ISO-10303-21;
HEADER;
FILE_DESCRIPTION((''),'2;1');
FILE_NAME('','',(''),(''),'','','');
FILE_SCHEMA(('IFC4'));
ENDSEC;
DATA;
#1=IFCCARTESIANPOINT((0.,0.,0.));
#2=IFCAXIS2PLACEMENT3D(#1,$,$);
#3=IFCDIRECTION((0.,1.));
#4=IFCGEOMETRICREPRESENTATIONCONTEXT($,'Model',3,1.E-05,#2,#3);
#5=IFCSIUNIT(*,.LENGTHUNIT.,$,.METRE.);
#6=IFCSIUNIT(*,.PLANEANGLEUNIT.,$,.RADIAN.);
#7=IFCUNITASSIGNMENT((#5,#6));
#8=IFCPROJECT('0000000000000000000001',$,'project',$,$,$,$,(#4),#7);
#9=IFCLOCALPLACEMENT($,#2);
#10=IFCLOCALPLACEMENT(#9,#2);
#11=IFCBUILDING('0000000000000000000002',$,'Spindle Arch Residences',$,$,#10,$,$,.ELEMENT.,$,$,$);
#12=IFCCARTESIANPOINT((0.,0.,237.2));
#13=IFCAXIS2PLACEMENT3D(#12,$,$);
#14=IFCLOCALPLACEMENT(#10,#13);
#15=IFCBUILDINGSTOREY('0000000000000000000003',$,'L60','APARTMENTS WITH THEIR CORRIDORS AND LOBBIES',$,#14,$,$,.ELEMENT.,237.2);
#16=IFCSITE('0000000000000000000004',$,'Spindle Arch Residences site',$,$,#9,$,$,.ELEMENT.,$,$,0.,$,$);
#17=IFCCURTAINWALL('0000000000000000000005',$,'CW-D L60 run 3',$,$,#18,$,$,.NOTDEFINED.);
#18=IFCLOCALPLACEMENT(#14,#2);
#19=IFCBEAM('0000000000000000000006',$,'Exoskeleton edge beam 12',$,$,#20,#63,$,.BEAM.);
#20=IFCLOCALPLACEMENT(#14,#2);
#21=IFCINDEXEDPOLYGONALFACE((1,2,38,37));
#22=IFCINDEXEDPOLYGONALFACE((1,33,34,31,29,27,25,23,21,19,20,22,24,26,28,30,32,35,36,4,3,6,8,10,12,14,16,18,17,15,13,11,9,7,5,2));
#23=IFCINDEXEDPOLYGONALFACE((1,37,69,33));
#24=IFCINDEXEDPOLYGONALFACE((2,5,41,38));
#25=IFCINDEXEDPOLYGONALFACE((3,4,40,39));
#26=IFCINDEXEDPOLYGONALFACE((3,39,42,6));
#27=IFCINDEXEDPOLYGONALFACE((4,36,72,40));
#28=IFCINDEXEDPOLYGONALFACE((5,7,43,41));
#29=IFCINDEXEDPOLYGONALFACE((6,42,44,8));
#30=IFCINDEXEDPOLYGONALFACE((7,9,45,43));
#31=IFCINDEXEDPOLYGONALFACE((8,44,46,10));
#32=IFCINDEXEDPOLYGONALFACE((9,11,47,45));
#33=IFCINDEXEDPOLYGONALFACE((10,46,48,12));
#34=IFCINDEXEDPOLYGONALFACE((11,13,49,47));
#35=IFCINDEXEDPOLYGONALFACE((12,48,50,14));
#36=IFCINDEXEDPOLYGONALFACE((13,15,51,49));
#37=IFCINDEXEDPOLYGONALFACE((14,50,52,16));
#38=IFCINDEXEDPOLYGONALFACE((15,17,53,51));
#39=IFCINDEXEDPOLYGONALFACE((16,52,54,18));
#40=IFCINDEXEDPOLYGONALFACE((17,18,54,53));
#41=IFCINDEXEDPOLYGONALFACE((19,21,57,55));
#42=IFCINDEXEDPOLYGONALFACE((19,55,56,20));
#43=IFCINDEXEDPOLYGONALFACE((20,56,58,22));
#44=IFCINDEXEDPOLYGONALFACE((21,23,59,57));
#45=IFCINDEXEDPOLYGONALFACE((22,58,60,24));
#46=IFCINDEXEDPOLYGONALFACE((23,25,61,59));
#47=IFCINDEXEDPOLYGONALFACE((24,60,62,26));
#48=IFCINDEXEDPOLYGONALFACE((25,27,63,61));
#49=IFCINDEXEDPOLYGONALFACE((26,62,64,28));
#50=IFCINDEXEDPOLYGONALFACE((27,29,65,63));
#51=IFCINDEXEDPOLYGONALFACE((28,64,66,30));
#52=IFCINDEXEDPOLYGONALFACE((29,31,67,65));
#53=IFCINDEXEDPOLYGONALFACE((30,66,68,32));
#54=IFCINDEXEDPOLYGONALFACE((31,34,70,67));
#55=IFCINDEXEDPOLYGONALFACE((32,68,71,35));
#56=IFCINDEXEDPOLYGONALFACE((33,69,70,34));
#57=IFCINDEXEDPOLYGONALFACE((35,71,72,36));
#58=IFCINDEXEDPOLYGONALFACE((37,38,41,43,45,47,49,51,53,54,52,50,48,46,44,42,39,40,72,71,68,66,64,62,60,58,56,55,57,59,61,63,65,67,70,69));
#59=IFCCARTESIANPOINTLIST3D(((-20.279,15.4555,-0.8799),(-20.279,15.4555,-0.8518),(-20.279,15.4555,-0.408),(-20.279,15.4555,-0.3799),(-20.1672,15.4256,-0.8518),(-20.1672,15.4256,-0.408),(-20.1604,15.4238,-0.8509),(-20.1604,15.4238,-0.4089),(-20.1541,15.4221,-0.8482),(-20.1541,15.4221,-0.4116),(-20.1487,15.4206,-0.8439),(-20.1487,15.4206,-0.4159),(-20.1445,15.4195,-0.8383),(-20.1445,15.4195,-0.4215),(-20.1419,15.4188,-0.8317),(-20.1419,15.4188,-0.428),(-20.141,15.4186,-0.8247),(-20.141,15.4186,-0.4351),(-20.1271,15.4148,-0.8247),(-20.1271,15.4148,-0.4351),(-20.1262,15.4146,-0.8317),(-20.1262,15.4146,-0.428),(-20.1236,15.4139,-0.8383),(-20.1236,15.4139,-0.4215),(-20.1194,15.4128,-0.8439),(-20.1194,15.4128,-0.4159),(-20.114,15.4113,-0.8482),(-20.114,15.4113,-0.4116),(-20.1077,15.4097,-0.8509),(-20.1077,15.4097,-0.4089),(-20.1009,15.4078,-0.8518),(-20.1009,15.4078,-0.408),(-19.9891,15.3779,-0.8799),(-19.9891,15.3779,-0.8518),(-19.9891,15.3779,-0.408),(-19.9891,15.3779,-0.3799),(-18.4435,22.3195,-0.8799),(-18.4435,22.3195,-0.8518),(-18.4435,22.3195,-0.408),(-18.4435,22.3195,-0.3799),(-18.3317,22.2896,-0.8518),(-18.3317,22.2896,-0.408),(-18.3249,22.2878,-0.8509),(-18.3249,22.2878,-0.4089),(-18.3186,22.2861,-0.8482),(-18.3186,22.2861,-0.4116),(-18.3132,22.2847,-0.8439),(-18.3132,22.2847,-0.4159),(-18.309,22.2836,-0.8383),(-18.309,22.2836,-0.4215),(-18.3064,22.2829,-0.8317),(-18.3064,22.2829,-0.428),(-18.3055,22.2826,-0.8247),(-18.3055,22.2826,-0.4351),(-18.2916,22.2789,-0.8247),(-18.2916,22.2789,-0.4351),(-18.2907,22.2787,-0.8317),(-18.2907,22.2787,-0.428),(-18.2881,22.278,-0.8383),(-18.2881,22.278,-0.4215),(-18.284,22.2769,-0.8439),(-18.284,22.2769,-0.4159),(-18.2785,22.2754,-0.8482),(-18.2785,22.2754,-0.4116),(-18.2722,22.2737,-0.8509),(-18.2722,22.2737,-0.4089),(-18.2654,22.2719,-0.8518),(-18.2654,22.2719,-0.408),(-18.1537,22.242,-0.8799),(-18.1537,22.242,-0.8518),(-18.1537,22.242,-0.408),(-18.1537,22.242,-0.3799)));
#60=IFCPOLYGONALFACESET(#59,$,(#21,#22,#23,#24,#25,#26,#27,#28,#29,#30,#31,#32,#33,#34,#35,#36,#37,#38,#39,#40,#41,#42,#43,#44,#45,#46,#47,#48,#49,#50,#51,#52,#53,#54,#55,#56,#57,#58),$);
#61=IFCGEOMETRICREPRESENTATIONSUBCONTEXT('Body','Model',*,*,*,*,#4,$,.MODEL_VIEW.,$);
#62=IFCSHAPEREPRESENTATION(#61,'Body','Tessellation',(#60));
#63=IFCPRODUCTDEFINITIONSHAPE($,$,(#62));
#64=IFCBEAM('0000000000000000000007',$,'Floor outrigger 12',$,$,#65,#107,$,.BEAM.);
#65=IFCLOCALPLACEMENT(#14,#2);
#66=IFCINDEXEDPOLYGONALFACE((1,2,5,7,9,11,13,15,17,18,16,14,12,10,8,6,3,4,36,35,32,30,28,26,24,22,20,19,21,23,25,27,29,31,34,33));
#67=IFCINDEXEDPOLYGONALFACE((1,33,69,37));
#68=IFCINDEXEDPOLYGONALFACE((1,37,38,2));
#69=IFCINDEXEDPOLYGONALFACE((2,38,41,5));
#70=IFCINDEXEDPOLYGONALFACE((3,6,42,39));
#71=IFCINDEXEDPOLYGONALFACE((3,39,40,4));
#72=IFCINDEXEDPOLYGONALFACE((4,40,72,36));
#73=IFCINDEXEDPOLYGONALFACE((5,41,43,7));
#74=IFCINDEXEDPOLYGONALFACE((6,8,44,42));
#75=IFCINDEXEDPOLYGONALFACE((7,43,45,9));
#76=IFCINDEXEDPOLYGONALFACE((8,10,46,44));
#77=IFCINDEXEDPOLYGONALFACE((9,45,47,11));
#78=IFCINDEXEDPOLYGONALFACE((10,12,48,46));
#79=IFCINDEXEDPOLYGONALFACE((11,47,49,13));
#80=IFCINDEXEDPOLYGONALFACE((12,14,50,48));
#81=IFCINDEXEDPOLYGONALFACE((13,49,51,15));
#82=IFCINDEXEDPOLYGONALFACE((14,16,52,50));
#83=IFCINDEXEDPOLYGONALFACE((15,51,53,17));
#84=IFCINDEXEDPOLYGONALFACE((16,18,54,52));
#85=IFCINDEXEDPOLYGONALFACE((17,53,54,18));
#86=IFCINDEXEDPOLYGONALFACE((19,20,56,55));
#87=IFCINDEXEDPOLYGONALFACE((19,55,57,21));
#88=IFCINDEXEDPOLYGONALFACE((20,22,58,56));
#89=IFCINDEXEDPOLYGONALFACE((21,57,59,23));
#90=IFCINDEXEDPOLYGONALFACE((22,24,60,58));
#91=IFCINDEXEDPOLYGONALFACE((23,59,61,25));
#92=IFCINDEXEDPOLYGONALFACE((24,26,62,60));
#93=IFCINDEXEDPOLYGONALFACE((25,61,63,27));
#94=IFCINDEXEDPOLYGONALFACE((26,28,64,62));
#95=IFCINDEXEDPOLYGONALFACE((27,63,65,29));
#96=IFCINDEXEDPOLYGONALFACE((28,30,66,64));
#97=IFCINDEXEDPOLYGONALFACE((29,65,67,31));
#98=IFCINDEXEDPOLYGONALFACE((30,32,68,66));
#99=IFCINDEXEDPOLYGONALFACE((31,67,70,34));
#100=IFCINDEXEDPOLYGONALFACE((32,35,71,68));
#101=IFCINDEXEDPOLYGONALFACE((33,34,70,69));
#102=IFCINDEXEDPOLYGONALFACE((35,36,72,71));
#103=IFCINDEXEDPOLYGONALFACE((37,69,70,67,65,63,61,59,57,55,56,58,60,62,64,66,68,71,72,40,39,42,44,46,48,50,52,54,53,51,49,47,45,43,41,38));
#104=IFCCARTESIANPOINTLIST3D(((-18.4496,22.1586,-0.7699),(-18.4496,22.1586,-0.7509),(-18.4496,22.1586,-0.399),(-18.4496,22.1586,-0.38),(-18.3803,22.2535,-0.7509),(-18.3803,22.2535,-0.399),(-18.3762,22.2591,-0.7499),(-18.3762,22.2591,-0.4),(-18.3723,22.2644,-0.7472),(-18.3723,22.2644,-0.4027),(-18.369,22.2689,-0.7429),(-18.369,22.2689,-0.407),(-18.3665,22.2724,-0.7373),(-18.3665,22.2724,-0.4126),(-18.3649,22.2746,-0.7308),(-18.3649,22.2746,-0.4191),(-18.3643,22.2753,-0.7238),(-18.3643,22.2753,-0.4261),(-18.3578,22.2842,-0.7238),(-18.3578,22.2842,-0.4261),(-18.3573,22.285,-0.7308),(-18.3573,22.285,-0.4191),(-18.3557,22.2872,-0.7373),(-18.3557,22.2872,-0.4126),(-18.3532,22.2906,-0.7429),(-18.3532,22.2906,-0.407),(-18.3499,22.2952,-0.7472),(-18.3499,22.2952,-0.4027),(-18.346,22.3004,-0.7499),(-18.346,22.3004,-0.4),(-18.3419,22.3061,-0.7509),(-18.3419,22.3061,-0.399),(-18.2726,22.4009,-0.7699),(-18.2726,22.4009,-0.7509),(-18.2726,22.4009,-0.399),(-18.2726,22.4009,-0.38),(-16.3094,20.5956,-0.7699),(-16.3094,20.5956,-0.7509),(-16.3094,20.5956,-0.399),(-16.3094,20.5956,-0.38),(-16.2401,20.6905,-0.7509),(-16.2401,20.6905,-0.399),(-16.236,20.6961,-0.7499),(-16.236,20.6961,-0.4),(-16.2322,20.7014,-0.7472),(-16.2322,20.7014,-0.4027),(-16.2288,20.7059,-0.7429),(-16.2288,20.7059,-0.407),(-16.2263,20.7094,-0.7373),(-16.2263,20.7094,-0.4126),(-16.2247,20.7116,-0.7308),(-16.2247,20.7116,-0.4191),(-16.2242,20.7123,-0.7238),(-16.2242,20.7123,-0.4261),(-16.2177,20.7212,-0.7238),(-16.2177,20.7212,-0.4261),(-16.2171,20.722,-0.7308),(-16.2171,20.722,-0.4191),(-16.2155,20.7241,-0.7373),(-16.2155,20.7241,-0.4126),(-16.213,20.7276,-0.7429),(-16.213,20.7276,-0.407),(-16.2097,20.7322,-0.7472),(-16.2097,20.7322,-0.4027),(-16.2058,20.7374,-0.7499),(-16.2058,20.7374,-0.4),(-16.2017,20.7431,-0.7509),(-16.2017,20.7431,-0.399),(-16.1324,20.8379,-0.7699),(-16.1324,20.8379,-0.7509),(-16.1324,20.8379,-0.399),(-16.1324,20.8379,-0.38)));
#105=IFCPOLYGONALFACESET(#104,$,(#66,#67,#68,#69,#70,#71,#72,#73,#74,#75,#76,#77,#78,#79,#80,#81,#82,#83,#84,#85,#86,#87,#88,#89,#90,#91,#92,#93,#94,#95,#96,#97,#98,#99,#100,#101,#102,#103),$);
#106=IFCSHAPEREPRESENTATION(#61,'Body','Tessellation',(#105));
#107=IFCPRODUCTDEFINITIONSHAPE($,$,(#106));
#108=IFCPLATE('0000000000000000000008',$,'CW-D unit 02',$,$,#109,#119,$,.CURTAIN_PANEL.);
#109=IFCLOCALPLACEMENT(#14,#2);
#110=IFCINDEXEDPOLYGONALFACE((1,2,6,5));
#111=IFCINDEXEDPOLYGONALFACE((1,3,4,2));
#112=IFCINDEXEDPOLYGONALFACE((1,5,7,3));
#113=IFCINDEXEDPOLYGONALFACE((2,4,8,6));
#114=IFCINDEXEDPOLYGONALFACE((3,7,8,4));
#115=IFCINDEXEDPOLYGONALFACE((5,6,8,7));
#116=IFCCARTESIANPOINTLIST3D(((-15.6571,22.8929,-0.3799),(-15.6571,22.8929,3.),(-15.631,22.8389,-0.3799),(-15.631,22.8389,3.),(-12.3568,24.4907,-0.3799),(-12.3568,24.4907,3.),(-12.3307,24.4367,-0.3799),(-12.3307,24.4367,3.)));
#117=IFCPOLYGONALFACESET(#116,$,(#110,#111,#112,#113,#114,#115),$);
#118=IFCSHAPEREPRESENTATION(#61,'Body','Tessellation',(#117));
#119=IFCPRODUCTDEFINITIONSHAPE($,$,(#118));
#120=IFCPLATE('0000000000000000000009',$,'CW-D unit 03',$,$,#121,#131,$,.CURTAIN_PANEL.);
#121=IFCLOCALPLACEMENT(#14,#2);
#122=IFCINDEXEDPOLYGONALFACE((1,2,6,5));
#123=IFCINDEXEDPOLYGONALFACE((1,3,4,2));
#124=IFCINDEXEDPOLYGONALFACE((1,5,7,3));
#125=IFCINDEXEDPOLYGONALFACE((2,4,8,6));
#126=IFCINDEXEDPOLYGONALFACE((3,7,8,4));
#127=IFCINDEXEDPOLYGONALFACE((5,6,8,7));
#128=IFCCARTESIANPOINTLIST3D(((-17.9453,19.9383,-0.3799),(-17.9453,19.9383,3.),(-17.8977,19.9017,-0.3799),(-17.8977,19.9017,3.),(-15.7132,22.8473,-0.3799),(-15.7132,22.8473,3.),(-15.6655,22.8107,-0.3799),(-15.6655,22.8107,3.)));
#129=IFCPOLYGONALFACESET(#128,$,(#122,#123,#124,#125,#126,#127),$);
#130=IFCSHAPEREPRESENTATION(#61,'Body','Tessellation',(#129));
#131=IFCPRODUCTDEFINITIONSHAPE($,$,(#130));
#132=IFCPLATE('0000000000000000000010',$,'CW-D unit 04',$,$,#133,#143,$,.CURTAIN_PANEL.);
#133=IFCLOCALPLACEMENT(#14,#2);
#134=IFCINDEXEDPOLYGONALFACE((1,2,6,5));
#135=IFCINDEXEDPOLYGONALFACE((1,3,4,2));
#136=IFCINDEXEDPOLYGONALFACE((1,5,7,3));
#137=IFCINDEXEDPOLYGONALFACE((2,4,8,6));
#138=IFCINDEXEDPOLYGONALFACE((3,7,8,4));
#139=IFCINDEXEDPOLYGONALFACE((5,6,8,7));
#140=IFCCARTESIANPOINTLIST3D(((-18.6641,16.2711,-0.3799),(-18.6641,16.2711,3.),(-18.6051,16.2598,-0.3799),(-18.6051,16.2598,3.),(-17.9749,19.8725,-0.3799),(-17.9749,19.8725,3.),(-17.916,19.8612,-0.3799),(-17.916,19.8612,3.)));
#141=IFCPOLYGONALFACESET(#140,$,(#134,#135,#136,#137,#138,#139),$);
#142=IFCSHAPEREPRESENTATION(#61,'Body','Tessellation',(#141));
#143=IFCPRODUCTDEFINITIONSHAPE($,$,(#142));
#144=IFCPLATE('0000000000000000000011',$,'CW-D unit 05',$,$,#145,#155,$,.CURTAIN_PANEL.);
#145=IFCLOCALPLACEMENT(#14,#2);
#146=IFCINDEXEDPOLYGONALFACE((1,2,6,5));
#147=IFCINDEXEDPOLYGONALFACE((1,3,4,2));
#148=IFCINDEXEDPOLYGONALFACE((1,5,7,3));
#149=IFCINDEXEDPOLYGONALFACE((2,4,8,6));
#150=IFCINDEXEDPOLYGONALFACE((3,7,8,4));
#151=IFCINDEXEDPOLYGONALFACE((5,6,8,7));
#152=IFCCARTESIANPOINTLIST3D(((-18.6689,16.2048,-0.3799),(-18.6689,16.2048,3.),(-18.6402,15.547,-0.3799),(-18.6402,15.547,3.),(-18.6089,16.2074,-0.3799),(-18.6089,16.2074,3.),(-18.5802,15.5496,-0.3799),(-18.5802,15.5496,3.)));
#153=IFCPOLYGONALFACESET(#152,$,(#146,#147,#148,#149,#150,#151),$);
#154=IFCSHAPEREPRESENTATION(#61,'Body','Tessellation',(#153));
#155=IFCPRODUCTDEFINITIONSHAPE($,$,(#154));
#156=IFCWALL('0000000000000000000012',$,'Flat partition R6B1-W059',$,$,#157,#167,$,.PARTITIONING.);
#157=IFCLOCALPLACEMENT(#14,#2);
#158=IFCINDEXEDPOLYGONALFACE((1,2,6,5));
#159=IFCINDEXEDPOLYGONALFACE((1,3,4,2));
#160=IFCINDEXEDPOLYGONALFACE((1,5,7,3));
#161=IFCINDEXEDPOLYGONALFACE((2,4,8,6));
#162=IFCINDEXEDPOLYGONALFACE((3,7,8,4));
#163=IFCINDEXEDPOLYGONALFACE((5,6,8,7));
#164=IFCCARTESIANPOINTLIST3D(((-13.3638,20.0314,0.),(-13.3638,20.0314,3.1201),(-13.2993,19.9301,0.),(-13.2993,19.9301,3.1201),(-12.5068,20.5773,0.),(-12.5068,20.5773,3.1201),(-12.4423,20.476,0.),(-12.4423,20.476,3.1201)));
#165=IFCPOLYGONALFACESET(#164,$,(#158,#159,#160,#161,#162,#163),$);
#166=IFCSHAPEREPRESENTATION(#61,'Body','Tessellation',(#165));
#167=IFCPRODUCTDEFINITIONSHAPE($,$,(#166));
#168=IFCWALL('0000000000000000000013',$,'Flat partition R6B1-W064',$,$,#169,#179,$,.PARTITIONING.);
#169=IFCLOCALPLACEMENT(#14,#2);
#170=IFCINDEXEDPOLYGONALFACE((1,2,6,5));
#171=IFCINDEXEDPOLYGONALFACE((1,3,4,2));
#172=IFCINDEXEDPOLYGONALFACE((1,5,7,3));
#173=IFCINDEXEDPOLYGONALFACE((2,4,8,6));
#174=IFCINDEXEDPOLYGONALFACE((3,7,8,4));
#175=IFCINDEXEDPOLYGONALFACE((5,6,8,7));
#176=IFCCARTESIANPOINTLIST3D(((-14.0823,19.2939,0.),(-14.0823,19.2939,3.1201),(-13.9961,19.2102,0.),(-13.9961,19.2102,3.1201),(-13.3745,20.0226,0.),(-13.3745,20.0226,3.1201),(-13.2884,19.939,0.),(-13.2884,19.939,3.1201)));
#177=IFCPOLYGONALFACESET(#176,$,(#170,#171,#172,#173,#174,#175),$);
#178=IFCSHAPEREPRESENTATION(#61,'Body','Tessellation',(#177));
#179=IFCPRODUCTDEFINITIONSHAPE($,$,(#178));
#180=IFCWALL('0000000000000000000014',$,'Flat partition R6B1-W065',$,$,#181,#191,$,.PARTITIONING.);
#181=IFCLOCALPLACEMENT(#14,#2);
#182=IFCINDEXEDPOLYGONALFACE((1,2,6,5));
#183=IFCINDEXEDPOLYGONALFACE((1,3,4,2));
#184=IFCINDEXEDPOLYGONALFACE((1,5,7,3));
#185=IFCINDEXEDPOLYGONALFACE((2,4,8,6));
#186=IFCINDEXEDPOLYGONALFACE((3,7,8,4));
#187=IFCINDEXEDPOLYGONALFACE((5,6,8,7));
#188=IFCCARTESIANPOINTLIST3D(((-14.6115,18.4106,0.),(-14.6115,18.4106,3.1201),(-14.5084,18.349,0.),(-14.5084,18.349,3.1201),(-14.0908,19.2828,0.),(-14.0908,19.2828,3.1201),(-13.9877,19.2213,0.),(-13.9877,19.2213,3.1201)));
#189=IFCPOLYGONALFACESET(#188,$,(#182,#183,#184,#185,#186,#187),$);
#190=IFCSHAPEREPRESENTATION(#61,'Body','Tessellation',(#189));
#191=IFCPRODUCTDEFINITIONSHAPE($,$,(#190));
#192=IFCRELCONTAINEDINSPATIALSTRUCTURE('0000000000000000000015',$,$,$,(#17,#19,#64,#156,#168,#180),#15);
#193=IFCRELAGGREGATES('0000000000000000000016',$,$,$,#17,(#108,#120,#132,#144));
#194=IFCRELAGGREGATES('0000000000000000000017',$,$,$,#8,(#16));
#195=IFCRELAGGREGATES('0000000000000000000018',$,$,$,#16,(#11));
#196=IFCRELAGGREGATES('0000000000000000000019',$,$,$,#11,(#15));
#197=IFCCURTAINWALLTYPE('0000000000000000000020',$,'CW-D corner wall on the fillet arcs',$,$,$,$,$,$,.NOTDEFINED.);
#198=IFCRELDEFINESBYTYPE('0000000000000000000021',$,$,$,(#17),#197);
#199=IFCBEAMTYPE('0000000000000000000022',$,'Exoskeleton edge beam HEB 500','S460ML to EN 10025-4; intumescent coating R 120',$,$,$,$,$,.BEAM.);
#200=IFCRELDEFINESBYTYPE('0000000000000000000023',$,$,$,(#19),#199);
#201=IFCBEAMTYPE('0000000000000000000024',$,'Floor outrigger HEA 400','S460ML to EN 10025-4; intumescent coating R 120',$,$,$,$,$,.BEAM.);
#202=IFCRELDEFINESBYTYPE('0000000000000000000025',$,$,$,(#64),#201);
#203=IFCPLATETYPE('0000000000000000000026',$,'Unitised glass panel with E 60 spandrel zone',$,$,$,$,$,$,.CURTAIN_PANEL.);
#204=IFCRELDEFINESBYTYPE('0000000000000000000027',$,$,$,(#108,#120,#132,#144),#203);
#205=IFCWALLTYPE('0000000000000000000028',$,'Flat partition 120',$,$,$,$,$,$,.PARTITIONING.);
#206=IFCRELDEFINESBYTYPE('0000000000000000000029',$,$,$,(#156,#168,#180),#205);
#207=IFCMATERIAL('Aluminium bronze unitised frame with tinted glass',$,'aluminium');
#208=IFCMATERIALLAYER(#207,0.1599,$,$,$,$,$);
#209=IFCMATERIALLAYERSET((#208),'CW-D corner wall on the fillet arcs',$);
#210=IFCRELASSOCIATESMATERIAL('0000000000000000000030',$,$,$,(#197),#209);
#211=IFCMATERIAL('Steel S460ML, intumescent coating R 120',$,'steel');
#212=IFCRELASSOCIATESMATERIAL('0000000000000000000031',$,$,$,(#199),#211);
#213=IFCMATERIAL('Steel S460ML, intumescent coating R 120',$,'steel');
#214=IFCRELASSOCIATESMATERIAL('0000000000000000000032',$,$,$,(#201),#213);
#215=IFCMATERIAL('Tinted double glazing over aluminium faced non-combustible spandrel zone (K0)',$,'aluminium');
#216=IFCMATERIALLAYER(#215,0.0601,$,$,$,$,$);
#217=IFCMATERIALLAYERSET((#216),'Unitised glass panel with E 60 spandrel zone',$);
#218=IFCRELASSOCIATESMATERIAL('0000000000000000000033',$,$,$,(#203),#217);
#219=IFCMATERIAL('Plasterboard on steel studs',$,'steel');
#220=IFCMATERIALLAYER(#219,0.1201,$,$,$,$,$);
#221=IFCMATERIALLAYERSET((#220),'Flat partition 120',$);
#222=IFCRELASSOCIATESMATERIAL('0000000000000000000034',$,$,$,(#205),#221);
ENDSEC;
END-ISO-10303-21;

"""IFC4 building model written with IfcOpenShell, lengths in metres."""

from ifc_helpers import new_model, si_unit, direction, frame, frame_2d, origin, origin_2d, place, context, subcontext, project, spatial, rectangle, i_section, extrude, material, layer, layer_set, material_profile, profile_set, type_object, element, aggregate, save


model = new_model("IFC4")

# Units and contexts
model_context = context("Model", 3, precision=1e-05, world=origin(), true_north=direction((0.0, 1.0)))
body_context = subcontext(model_context, "Body", "Model", "MODEL_VIEW")
ifc_project = project(units=[si_unit("LENGTHUNIT", "METRE"), si_unit("PLANEANGLEUNIT", "RADIAN")], contexts=[model_context])

# Site, building, storey
site_placement = place(None, origin())
site = spatial("IfcSite", under=ifc_project, at=site_placement, Name="Spindle Arch Residences site", CompositionType="ELEMENT", RefElevation=0.0)
building_placement = place(site_placement, origin())
building = spatial("IfcBuilding", under=site, at=building_placement, Name="Spindle Arch Residences", CompositionType="ELEMENT")
storey_placement = place(building_placement, frame((0.0, 0.0, 237.2)))
storey = spatial("IfcBuildingStorey", under=building, at=storey_placement, Name="L60", Description="APARTMENTS WITH THEIR CORRIDORS AND LOBBIES", CompositionType="ELEMENT", Elevation=237.2)

# Curtain wall
ifc_material_1 = material(Name="Aluminium bronze unitised frame with tinted glass", Category="aluminium")
ifc_layer_1 = layer(ifc_material_1, 0.1599)
ifc_layer_set_1 = layer_set([ifc_layer_1], Name="CW-D corner wall on the fillet arcs")
curtain_wall_type = type_object("IfcCurtainWallType", Name="CW-D corner wall on the fillet arcs", PredefinedType="NOTDEFINED", material=ifc_layer_set_1)
curtain_wall_placement = place(storey_placement, origin())
curtain_wall = element("IfcCurtainWall", 1, at=curtain_wall_placement, inside=storey, type_object=curtain_wall_type, Name="CW-D L60 run 3", PredefinedType="NOTDEFINED")

# Beams
ifc_material_2 = material(Name="Steel S460ML, intumescent coating R 120", Category="steel")
ifc_material_profile_1 = material_profile(ifc_material_2, i_section(OverallWidth=0.3, OverallDepth=0.5, WebThickness=0.0144, FlangeThickness=0.0281, FilletRadius=0.0271, at=origin_2d()), Name="HEB 500")
ifc_profile_set_1 = profile_set([ifc_material_profile_1], Name="Steel S460ML, intumescent coating R 120")
beam_type_1 = type_object("IfcBeamType", Name="Exoskeleton edge beam HEB 500", Description="S460ML to EN 10025-4; intumescent coating R 120", PredefinedType="BEAM", material=ifc_profile_set_1)
beam_1_placement = place(storey_placement, frame((-18.2986, 22.2808, -0.6299), z_axis=(-0.258326, -0.966058, 0.0), x_axis=(0.966058, -0.258326, 0.0)))
element("IfcBeam", 2, at=beam_1_placement, inside=storey, type_object=beam_type_1, Name="Exoskeleton edge beam 12", PredefinedType="BEAM", context=body_context, shape_type="SweptSolid", body=[
    extrude(i_section(OverallWidth=0.3, OverallDepth=0.5, WebThickness=0.0144, FlangeThickness=0.0281, FilletRadius=0.0271, at=origin_2d()), origin(), (0.0, 0.0, 1.0), 7.1052),
])
ifc_material_3 = material(Name="Steel S460ML, intumescent coating R 120", Category="steel")
ifc_material_profile_2 = material_profile(ifc_material_3, i_section(OverallWidth=0.3, OverallDepth=0.3899, WebThickness=0.011, FlangeThickness=0.019, FilletRadius=0.0271, at=origin_2d()), Name="HEA 400")
ifc_profile_set_2 = profile_set([ifc_material_profile_2], Name="Steel S460ML, intumescent coating R 120")
beam_type_2 = type_object("IfcBeamType", Name="Floor outrigger HEA 400", Description="S460ML to EN 10025-4; intumescent coating R 120", PredefinedType="BEAM", material=ifc_profile_set_2)
beam_2_placement = place(storey_placement, frame((-18.3611, 22.2798, -0.575), z_axis=(0.807563, -0.589781, 0.0), x_axis=(0.589781, 0.807563, 0.0)))
element("IfcBeam", 3, at=beam_2_placement, inside=storey, type_object=beam_type_2, Name="Floor outrigger 12", PredefinedType="BEAM", context=body_context, shape_type="SweptSolid", body=[
    extrude(i_section(OverallWidth=0.3, OverallDepth=0.3899, WebThickness=0.011, FlangeThickness=0.019, FilletRadius=0.0271, at=origin_2d()), origin(), (0.0, 0.0, 1.0), 2.6501),
])

# Plates
ifc_material_4 = material(Name="Tinted double glazing over aluminium faced non-combustible spandrel zone (K0)", Category="aluminium")
ifc_layer_2 = layer(ifc_material_4, 0.0601)
ifc_layer_set_2 = layer_set([ifc_layer_2], Name="Unitised glass panel with E 60 spandrel zone")
plate_type = type_object("IfcPlateType", Name="Unitised glass panel with E 60 spandrel zone", PredefinedType="CURTAIN_PANEL", material=ifc_layer_set_2)
plate_1_placement = place(storey_placement, frame((-13.9939, 23.6648, -0.3799), z_axis=(0.0, 0.0, 1.0), x_axis=(-0.900065, -0.435755, 0.0)))
plate_1 = element("IfcPlate", 4, at=plate_1_placement, type_object=plate_type, Name="CW-D unit 02", PredefinedType="CURTAIN_PANEL", context=body_context, shape_type="SweptSolid", body=[
    extrude(rectangle(XDim=3.6667, YDim=0.0601, at=origin_2d()), origin(), (0.0, 0.0, 1.0), 3.3799),
])
plate_2_placement = place(storey_placement, frame((-16.8054, 21.3745, -0.3799), z_axis=(0.0, 0.0, 1.0), x_axis=(-0.608761, -0.793353, 0.0)))
plate_2 = element("IfcPlate", 5, at=plate_2_placement, type_object=plate_type, Name="CW-D unit 03", PredefinedType="CURTAIN_PANEL", context=body_context, shape_type="SweptSolid", body=[
    extrude(rectangle(XDim=3.6667, YDim=0.0601, at=origin_2d()), origin(), (0.0, 0.0, 1.0), 3.3799),
])
plate_3_placement = place(storey_placement, frame((-18.29, 18.0662, -0.3799), z_axis=(0.0, 0.0, 1.0), x_axis=(-0.187953, -0.982178, 0.0)))
plate_3 = element("IfcPlate", 6, at=plate_3_placement, type_object=plate_type, Name="CW-D unit 04", PredefinedType="CURTAIN_PANEL", context=body_context, shape_type="SweptSolid", body=[
    extrude(rectangle(XDim=3.6667, YDim=0.0601, at=origin_2d()), origin(), (0.0, 0.0, 1.0), 3.3799),
])
plate_4_placement = place(storey_placement, frame((-18.6245, 15.8772, -0.3799), z_axis=(0.0, 0.0, 1.0), x_axis=(0.043619, -0.999048, 0.0)))
plate_4 = element("IfcPlate", 7, at=plate_4_placement, type_object=plate_type, Name="CW-D unit 05", PredefinedType="CURTAIN_PANEL", context=body_context, shape_type="SweptSolid", body=[
    extrude(rectangle(XDim=0.6584, YDim=0.0601, at=origin_2d()), origin(), (0.0, 0.0, 1.0), 3.3799),
])
aggregate(curtain_wall, [plate_1, plate_2, plate_3, plate_4])

# Walls
ifc_material_5 = material(Name="Plasterboard on steel studs", Category="steel")
ifc_layer_3 = layer(ifc_material_5, 0.1201)
ifc_layer_set_3 = layer_set([ifc_layer_3], Name="Flat partition 120")
wall_type_1 = type_object("IfcWallType", Name="Flat partition 120", PredefinedType="PARTITIONING", material=ifc_layer_set_3)
wall_1_placement = place(storey_placement, frame((-13.3315, 19.9807, 0.0), z_axis=(0.0, 0.0, 1.0), x_axis=(0.843404, 0.53728, 0.0)))
element("IfcWall", 8, at=wall_1_placement, inside=storey, type_object=wall_type_1, Name="Flat partition R6B1-W059", PredefinedType="PARTITIONING", context=body_context, shape_type="SweptSolid", body=[
    extrude(rectangle(XDim=1.0161, YDim=0.1201, at=frame_2d((0.5081, 0.0))), origin(), (0.0, 0.0, 1.0), 3.1201),
])
for number, where, z_axis, x_axis, name in (
    (9, (-13.3315, 19.9807, 0.0), (0.0, 0.0, 1.0), (-0.696697, -0.717365, 0.0), "Flat partition R6B1-W064"),
    (10, (-14.0393, 19.252, 0.0), (0.0, 0.0, 1.0), (-0.512586, -0.858636, 0.0), "Flat partition R6B1-W065"),
):
    element("IfcWall", number, at=place(storey_placement, frame(where, z_axis=z_axis, x_axis=x_axis)), inside=storey, type_object=wall_type_1, Name=name, PredefinedType="PARTITIONING", context=body_context, shape_type="SweptSolid", body=[
        extrude(rectangle(XDim=1.0159, YDim=0.1201, at=frame_2d((0.5078, 0.0))), origin(), (0.0, 0.0, 1.0), 3.1201),
    ])

save(model, "model.ifc")
